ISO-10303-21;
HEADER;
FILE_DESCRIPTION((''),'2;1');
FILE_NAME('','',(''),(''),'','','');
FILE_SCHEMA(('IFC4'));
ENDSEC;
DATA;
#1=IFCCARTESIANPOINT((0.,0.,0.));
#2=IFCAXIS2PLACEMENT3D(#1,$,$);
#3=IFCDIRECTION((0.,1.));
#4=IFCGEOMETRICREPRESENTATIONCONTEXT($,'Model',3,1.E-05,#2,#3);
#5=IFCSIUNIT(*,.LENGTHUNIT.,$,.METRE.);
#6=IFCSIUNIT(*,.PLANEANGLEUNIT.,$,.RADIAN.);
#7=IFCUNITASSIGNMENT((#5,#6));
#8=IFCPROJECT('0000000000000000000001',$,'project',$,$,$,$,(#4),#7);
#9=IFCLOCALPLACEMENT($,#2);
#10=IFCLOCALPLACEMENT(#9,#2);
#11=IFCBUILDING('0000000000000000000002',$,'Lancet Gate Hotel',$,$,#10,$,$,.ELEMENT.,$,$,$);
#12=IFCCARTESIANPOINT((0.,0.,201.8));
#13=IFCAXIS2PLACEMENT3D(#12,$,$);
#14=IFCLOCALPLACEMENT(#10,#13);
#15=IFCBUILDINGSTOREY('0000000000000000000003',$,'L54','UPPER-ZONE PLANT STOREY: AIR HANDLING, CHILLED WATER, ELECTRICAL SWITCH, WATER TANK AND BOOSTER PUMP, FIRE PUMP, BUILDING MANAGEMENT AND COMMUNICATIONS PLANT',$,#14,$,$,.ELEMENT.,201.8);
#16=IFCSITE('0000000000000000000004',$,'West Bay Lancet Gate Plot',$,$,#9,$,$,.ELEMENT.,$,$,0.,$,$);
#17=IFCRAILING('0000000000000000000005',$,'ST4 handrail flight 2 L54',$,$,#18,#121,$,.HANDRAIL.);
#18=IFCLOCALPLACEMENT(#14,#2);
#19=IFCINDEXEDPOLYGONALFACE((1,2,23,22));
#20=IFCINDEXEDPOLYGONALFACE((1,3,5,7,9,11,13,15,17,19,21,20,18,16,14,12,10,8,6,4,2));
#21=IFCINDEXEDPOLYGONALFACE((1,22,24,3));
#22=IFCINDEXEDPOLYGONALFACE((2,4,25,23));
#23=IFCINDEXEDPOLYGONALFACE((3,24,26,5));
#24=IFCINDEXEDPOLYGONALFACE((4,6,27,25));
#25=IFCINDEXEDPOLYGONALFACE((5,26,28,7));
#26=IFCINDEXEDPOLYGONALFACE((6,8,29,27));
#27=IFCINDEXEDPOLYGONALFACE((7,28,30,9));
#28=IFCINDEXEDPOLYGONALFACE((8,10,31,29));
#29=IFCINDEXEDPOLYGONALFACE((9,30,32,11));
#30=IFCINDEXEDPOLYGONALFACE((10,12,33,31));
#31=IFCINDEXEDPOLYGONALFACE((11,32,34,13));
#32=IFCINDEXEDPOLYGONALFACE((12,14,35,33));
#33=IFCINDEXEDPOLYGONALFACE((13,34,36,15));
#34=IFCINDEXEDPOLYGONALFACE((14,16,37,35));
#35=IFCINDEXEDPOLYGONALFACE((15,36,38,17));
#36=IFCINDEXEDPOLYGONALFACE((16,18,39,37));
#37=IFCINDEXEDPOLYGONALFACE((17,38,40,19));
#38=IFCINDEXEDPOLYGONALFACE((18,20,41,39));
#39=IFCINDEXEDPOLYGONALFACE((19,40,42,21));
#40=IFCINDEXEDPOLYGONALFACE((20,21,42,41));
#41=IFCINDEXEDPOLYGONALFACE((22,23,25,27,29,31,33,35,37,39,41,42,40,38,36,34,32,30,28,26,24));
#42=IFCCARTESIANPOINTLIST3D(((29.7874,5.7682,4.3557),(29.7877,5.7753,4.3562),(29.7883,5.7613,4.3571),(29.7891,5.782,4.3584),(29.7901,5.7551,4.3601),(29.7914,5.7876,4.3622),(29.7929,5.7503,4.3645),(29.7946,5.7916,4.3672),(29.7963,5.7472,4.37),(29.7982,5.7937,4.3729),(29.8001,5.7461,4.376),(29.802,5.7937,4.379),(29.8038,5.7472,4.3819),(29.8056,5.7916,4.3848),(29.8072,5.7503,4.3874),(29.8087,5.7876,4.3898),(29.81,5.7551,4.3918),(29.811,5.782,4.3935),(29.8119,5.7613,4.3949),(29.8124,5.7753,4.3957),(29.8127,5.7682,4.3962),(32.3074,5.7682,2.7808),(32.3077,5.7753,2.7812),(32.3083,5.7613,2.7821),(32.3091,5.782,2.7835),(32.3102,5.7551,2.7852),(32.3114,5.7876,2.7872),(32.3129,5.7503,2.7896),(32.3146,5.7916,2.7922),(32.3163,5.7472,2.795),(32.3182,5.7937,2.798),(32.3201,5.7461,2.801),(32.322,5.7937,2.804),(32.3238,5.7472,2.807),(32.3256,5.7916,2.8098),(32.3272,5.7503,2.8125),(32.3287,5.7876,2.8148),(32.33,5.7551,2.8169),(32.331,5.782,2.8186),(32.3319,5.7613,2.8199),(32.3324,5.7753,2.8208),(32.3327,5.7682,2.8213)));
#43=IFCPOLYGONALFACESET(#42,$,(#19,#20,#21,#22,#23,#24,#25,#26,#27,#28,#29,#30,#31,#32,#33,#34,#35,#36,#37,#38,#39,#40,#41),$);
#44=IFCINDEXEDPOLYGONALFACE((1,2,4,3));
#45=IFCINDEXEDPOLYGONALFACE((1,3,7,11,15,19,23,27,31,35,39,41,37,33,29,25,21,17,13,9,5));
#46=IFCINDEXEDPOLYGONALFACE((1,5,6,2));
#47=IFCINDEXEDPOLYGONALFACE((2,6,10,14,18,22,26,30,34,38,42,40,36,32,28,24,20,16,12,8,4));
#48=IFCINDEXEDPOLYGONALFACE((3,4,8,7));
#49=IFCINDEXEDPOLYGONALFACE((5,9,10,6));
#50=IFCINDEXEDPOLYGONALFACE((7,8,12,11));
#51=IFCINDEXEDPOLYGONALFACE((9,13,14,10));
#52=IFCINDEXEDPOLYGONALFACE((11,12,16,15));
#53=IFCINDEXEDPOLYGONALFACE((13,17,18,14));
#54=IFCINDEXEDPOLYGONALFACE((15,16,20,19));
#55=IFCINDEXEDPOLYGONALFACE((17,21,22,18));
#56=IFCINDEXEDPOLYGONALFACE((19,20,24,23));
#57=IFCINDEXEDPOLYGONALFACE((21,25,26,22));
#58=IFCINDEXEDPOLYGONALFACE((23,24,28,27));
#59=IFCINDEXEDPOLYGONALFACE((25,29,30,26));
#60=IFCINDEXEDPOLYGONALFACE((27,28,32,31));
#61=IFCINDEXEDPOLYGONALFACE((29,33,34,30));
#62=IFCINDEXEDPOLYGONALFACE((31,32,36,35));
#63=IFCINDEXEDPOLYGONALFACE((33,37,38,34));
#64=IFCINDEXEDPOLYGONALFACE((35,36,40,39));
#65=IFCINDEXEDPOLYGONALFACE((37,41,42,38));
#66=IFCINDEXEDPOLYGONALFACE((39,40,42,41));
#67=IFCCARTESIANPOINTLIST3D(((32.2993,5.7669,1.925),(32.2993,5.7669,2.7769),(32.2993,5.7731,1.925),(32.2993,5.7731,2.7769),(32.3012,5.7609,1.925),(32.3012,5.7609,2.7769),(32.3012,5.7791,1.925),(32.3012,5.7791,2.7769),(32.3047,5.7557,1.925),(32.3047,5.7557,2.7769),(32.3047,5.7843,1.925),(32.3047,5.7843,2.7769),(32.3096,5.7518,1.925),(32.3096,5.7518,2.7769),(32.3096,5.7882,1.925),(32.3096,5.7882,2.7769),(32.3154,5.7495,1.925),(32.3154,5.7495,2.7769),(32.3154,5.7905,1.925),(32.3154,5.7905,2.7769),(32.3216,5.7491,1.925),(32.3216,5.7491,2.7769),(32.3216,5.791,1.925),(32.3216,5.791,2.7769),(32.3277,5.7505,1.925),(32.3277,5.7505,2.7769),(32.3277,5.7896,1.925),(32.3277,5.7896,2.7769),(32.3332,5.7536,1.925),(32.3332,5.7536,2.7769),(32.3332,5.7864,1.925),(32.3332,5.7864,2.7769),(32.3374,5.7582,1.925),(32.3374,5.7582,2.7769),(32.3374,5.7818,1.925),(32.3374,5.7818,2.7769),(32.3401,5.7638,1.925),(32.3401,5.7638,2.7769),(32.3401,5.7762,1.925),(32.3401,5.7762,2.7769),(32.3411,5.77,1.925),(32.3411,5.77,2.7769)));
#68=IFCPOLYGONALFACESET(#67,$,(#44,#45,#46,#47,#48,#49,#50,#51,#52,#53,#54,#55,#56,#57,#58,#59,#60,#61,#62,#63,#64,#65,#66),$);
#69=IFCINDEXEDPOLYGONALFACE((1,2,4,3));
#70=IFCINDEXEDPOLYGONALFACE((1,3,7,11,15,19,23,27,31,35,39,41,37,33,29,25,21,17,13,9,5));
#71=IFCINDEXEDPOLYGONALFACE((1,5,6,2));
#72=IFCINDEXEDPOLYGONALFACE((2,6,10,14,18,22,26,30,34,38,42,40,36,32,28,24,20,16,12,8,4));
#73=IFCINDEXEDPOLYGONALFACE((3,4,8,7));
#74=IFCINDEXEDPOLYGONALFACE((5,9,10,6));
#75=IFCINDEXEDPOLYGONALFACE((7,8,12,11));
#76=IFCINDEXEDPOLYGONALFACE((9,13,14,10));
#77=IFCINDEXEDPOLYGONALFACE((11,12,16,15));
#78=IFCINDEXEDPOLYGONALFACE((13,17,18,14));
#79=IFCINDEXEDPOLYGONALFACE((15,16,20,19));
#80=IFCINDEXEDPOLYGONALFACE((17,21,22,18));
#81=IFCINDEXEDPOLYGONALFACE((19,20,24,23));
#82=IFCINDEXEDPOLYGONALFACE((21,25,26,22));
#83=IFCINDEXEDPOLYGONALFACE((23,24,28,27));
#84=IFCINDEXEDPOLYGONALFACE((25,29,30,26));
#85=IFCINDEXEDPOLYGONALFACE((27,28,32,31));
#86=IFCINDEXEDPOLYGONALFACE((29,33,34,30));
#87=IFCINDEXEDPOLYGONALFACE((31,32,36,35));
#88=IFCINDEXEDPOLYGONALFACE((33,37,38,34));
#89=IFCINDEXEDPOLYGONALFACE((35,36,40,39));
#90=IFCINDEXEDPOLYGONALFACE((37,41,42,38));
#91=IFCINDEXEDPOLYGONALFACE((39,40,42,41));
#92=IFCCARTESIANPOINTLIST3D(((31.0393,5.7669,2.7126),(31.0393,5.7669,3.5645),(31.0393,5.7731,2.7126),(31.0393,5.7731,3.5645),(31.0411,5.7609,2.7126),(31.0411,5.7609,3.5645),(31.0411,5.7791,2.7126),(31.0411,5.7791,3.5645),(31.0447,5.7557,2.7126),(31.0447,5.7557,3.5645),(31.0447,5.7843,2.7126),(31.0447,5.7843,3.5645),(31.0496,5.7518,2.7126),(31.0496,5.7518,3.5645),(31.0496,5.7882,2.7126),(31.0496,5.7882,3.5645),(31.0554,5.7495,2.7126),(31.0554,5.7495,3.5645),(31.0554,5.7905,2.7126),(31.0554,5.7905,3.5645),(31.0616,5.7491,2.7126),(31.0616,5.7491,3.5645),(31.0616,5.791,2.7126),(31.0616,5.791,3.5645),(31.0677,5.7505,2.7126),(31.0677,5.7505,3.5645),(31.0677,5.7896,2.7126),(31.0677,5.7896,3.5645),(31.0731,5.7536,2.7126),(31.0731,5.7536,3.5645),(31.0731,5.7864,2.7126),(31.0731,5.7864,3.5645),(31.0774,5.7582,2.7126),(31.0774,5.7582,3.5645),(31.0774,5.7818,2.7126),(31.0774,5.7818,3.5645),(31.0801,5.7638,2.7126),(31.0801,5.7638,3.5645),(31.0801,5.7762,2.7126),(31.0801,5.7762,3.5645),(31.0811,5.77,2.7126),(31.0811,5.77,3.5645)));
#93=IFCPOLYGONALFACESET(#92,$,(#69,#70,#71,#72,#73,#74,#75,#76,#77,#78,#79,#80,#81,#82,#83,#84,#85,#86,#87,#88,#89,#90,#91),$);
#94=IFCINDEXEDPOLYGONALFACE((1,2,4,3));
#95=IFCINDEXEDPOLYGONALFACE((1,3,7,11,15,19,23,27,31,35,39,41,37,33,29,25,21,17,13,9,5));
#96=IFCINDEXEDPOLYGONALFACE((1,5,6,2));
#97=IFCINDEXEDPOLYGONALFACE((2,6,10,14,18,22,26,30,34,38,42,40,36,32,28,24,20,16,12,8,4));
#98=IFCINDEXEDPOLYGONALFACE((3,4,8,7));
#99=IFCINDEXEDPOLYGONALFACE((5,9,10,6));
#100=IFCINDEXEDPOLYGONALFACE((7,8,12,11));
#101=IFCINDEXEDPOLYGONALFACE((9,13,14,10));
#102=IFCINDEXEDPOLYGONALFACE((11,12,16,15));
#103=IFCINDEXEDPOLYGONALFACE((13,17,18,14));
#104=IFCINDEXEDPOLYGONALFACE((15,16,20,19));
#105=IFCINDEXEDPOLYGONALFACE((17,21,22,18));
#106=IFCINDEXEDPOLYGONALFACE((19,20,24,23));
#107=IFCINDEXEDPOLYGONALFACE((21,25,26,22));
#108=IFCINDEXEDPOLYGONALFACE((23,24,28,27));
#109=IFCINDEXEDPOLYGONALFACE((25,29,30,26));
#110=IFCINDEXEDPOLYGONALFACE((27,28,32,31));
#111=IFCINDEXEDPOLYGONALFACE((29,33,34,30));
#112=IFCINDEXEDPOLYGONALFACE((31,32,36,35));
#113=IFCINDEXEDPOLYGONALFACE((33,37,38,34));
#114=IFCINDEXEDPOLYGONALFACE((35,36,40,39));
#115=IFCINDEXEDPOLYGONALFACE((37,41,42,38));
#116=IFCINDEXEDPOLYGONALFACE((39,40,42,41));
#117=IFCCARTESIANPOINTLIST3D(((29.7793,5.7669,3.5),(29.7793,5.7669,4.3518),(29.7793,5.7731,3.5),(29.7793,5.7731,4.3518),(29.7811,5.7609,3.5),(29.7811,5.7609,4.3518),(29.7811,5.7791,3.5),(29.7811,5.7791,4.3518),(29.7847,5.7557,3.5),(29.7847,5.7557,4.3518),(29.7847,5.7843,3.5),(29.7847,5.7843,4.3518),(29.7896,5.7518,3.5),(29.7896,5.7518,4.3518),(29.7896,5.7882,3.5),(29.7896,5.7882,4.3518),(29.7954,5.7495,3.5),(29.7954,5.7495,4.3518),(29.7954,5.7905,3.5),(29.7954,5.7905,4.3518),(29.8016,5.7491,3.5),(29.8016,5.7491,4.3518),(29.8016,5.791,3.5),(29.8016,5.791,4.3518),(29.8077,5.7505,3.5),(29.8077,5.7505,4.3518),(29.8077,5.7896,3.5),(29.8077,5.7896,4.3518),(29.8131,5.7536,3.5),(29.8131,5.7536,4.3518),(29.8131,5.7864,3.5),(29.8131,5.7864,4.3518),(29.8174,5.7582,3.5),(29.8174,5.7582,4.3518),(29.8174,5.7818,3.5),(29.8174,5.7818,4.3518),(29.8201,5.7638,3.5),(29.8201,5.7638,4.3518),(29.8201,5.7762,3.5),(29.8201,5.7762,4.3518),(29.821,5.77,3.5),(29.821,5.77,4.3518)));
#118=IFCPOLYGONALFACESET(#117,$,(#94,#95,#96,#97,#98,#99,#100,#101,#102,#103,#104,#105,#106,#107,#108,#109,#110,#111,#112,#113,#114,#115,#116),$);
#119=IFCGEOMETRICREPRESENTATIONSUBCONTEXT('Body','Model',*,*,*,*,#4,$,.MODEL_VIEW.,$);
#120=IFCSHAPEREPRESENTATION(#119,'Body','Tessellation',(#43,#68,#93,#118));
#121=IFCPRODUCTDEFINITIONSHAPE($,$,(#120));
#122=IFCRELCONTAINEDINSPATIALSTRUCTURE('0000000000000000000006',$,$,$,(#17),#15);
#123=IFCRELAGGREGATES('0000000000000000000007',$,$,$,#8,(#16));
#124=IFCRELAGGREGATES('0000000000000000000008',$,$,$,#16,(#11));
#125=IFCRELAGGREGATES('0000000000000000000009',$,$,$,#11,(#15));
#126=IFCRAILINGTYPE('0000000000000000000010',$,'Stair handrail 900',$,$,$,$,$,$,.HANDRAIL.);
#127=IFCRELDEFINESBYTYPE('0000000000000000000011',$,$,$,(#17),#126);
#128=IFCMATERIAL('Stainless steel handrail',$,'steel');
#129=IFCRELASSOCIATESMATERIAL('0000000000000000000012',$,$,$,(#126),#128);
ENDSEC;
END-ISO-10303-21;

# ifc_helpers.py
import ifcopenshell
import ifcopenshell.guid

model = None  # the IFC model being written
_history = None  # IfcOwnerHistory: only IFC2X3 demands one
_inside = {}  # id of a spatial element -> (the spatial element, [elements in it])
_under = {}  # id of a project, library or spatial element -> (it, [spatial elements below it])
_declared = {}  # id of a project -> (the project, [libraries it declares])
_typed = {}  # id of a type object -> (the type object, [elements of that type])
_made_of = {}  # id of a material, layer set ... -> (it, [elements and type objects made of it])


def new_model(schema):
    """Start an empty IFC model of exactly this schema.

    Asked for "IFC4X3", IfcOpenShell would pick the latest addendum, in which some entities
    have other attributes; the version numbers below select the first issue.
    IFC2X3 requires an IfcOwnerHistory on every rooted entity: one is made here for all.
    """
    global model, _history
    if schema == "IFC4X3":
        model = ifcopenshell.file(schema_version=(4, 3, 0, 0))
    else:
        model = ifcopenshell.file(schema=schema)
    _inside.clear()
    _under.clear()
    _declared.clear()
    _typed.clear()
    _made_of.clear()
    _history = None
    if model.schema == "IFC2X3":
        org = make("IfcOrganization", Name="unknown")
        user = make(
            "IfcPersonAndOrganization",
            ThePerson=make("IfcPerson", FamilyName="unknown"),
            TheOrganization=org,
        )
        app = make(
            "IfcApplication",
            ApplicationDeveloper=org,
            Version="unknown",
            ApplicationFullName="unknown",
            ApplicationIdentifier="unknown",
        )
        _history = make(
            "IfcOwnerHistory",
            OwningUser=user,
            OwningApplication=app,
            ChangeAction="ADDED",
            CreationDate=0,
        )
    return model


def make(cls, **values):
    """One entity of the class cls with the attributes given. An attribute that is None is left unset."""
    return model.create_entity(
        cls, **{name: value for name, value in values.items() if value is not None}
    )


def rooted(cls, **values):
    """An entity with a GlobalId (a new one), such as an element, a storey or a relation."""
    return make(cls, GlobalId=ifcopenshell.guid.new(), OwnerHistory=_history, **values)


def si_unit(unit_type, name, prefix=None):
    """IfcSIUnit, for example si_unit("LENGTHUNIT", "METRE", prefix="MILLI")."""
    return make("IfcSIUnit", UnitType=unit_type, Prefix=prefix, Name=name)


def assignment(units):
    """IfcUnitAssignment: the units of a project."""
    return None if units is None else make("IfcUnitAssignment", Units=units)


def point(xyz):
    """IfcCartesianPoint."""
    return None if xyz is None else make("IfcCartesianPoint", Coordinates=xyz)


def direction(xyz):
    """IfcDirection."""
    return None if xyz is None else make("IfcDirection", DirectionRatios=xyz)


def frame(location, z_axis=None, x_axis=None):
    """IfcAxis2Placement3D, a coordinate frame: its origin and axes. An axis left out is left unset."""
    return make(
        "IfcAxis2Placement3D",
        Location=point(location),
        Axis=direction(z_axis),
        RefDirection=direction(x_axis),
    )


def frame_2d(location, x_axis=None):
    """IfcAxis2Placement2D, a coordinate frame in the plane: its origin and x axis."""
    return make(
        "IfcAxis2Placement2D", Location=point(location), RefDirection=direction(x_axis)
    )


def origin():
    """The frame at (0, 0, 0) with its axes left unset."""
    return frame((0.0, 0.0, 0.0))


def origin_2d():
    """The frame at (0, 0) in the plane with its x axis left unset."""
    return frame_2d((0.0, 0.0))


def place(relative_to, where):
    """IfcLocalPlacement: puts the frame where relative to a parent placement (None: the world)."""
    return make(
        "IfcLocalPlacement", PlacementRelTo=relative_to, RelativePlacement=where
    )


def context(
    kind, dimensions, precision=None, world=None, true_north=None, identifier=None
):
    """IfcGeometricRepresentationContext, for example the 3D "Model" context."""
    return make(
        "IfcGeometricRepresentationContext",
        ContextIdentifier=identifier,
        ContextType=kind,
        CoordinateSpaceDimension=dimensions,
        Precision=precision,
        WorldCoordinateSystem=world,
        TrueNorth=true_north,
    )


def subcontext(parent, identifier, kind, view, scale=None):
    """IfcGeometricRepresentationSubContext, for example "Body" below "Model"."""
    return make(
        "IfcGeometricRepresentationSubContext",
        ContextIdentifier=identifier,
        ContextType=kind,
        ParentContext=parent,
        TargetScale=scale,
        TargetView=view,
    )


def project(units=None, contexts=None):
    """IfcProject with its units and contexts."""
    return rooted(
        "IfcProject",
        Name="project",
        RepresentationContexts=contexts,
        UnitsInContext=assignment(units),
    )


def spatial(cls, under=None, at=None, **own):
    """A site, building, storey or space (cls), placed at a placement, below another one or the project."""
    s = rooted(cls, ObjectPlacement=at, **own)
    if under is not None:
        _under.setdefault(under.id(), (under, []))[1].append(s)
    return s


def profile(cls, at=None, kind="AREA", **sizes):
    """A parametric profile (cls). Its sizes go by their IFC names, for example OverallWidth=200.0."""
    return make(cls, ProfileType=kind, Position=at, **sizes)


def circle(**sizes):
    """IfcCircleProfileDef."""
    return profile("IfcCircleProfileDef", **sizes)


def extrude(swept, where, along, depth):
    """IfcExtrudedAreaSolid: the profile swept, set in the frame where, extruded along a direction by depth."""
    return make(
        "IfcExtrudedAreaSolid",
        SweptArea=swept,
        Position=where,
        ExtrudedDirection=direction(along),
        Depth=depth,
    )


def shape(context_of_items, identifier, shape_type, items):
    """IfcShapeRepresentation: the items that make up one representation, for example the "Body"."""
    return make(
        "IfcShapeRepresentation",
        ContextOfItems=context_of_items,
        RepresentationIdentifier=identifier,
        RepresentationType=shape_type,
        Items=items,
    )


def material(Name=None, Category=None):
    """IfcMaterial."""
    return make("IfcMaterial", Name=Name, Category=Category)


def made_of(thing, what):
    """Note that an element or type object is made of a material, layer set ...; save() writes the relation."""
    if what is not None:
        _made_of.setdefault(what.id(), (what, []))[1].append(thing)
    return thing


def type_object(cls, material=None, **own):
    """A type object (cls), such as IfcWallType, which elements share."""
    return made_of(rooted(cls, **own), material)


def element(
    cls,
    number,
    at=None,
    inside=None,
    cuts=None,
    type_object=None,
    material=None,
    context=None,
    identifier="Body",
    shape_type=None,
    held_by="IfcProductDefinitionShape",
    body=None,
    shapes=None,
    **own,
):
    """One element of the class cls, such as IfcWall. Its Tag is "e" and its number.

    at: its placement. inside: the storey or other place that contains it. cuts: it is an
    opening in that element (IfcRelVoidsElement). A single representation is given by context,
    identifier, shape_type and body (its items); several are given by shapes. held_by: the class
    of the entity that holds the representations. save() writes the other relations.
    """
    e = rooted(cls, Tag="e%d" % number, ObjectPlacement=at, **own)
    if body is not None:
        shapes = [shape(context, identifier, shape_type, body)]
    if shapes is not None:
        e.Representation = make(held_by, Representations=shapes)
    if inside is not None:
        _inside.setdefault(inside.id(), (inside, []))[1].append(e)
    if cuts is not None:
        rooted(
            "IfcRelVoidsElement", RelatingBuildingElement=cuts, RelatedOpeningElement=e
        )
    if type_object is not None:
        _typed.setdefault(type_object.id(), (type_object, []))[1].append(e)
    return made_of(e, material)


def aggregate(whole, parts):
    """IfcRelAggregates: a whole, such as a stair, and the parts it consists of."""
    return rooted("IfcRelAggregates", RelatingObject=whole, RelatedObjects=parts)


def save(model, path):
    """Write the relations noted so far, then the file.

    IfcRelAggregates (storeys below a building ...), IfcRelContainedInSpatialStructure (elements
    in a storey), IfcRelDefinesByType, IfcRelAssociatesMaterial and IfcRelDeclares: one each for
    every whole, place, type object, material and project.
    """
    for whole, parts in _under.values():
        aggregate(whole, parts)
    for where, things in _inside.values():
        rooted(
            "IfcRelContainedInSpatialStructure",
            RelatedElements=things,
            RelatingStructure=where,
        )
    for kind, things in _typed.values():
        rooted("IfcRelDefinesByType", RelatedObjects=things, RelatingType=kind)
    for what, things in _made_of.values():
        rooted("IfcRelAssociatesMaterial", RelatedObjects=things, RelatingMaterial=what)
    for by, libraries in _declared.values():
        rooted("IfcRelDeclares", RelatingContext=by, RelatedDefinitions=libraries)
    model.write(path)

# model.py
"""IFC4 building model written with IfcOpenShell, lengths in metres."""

from ifc_helpers import new_model, si_unit, direction, frame, origin, origin_2d, place, context, subcontext, project, spatial, circle, extrude, material, type_object, element, save


model = new_model("IFC4")

# Units and contexts
model_context = context("Model", 3, precision=1e-05, world=origin(), true_north=direction((0.0, 1.0)))
body_context = subcontext(model_context, "Body", "Model", "MODEL_VIEW")
ifc_project = project(units=[si_unit("LENGTHUNIT", "METRE"), si_unit("PLANEANGLEUNIT", "RADIAN")], contexts=[model_context])

# Site, building, storey
site_placement = place(None, origin())
site = spatial("IfcSite", under=ifc_project, at=site_placement, Name="West Bay Lancet Gate Plot", CompositionType="ELEMENT", RefElevation=0.0)
building_placement = place(site_placement, origin())
building = spatial("IfcBuilding", under=site, at=building_placement, Name="Lancet Gate Hotel", CompositionType="ELEMENT")
storey_placement = place(building_placement, frame((0.0, 0.0, 201.8)))
storey = spatial("IfcBuildingStorey", under=building, at=storey_placement, Name="L54", Description="UPPER-ZONE PLANT STOREY: AIR HANDLING, CHILLED WATER, ELECTRICAL SWITCH, WATER TANK AND BOOSTER PUMP, FIRE PUMP, BUILDING MANAGEMENT AND COMMUNICATIONS PLANT", CompositionType="ELEMENT", Elevation=201.8)

# Railing
ifc_material_1 = material(Name="Stainless steel handrail", Category="steel")
railing_type = type_object("IfcRailingType", Name="Stair handrail 900", PredefinedType="HANDRAIL", material=ifc_material_1)
railing_1_placement = place(storey_placement, frame((32.3201, 5.77, 1.925)))
element("IfcRailing", 1, at=railing_1_placement, inside=storey, type_object=railing_type, Name="ST4 handrail flight 2 L54", PredefinedType="HANDRAIL", context=body_context, shape_type="SweptSolid", body=[
    extrude(circle(Radius=0.0239, at=origin_2d()), frame((0.0, 0.0, 0.876), z_axis=(-0.848008, 0.0, 0.529984), x_axis=(0.0, -1.0, 0.0)), (0.0, 0.0, 1.0), 2.9717),
    extrude(circle(Radius=0.021, at=origin_2d()), origin(), (0.0, 0.0, 1.0), 0.8518),
    extrude(circle(Radius=0.021, at=origin_2d()), frame((-1.26, 0.0, 0.7876)), (0.0, 0.0, 1.0), 0.8518),
    extrude(circle(Radius=0.021, at=origin_2d()), frame((-2.52, 0.0, 1.575)), (0.0, 0.0, 1.0), 0.8518),
])

save(model, "model.ifc")
